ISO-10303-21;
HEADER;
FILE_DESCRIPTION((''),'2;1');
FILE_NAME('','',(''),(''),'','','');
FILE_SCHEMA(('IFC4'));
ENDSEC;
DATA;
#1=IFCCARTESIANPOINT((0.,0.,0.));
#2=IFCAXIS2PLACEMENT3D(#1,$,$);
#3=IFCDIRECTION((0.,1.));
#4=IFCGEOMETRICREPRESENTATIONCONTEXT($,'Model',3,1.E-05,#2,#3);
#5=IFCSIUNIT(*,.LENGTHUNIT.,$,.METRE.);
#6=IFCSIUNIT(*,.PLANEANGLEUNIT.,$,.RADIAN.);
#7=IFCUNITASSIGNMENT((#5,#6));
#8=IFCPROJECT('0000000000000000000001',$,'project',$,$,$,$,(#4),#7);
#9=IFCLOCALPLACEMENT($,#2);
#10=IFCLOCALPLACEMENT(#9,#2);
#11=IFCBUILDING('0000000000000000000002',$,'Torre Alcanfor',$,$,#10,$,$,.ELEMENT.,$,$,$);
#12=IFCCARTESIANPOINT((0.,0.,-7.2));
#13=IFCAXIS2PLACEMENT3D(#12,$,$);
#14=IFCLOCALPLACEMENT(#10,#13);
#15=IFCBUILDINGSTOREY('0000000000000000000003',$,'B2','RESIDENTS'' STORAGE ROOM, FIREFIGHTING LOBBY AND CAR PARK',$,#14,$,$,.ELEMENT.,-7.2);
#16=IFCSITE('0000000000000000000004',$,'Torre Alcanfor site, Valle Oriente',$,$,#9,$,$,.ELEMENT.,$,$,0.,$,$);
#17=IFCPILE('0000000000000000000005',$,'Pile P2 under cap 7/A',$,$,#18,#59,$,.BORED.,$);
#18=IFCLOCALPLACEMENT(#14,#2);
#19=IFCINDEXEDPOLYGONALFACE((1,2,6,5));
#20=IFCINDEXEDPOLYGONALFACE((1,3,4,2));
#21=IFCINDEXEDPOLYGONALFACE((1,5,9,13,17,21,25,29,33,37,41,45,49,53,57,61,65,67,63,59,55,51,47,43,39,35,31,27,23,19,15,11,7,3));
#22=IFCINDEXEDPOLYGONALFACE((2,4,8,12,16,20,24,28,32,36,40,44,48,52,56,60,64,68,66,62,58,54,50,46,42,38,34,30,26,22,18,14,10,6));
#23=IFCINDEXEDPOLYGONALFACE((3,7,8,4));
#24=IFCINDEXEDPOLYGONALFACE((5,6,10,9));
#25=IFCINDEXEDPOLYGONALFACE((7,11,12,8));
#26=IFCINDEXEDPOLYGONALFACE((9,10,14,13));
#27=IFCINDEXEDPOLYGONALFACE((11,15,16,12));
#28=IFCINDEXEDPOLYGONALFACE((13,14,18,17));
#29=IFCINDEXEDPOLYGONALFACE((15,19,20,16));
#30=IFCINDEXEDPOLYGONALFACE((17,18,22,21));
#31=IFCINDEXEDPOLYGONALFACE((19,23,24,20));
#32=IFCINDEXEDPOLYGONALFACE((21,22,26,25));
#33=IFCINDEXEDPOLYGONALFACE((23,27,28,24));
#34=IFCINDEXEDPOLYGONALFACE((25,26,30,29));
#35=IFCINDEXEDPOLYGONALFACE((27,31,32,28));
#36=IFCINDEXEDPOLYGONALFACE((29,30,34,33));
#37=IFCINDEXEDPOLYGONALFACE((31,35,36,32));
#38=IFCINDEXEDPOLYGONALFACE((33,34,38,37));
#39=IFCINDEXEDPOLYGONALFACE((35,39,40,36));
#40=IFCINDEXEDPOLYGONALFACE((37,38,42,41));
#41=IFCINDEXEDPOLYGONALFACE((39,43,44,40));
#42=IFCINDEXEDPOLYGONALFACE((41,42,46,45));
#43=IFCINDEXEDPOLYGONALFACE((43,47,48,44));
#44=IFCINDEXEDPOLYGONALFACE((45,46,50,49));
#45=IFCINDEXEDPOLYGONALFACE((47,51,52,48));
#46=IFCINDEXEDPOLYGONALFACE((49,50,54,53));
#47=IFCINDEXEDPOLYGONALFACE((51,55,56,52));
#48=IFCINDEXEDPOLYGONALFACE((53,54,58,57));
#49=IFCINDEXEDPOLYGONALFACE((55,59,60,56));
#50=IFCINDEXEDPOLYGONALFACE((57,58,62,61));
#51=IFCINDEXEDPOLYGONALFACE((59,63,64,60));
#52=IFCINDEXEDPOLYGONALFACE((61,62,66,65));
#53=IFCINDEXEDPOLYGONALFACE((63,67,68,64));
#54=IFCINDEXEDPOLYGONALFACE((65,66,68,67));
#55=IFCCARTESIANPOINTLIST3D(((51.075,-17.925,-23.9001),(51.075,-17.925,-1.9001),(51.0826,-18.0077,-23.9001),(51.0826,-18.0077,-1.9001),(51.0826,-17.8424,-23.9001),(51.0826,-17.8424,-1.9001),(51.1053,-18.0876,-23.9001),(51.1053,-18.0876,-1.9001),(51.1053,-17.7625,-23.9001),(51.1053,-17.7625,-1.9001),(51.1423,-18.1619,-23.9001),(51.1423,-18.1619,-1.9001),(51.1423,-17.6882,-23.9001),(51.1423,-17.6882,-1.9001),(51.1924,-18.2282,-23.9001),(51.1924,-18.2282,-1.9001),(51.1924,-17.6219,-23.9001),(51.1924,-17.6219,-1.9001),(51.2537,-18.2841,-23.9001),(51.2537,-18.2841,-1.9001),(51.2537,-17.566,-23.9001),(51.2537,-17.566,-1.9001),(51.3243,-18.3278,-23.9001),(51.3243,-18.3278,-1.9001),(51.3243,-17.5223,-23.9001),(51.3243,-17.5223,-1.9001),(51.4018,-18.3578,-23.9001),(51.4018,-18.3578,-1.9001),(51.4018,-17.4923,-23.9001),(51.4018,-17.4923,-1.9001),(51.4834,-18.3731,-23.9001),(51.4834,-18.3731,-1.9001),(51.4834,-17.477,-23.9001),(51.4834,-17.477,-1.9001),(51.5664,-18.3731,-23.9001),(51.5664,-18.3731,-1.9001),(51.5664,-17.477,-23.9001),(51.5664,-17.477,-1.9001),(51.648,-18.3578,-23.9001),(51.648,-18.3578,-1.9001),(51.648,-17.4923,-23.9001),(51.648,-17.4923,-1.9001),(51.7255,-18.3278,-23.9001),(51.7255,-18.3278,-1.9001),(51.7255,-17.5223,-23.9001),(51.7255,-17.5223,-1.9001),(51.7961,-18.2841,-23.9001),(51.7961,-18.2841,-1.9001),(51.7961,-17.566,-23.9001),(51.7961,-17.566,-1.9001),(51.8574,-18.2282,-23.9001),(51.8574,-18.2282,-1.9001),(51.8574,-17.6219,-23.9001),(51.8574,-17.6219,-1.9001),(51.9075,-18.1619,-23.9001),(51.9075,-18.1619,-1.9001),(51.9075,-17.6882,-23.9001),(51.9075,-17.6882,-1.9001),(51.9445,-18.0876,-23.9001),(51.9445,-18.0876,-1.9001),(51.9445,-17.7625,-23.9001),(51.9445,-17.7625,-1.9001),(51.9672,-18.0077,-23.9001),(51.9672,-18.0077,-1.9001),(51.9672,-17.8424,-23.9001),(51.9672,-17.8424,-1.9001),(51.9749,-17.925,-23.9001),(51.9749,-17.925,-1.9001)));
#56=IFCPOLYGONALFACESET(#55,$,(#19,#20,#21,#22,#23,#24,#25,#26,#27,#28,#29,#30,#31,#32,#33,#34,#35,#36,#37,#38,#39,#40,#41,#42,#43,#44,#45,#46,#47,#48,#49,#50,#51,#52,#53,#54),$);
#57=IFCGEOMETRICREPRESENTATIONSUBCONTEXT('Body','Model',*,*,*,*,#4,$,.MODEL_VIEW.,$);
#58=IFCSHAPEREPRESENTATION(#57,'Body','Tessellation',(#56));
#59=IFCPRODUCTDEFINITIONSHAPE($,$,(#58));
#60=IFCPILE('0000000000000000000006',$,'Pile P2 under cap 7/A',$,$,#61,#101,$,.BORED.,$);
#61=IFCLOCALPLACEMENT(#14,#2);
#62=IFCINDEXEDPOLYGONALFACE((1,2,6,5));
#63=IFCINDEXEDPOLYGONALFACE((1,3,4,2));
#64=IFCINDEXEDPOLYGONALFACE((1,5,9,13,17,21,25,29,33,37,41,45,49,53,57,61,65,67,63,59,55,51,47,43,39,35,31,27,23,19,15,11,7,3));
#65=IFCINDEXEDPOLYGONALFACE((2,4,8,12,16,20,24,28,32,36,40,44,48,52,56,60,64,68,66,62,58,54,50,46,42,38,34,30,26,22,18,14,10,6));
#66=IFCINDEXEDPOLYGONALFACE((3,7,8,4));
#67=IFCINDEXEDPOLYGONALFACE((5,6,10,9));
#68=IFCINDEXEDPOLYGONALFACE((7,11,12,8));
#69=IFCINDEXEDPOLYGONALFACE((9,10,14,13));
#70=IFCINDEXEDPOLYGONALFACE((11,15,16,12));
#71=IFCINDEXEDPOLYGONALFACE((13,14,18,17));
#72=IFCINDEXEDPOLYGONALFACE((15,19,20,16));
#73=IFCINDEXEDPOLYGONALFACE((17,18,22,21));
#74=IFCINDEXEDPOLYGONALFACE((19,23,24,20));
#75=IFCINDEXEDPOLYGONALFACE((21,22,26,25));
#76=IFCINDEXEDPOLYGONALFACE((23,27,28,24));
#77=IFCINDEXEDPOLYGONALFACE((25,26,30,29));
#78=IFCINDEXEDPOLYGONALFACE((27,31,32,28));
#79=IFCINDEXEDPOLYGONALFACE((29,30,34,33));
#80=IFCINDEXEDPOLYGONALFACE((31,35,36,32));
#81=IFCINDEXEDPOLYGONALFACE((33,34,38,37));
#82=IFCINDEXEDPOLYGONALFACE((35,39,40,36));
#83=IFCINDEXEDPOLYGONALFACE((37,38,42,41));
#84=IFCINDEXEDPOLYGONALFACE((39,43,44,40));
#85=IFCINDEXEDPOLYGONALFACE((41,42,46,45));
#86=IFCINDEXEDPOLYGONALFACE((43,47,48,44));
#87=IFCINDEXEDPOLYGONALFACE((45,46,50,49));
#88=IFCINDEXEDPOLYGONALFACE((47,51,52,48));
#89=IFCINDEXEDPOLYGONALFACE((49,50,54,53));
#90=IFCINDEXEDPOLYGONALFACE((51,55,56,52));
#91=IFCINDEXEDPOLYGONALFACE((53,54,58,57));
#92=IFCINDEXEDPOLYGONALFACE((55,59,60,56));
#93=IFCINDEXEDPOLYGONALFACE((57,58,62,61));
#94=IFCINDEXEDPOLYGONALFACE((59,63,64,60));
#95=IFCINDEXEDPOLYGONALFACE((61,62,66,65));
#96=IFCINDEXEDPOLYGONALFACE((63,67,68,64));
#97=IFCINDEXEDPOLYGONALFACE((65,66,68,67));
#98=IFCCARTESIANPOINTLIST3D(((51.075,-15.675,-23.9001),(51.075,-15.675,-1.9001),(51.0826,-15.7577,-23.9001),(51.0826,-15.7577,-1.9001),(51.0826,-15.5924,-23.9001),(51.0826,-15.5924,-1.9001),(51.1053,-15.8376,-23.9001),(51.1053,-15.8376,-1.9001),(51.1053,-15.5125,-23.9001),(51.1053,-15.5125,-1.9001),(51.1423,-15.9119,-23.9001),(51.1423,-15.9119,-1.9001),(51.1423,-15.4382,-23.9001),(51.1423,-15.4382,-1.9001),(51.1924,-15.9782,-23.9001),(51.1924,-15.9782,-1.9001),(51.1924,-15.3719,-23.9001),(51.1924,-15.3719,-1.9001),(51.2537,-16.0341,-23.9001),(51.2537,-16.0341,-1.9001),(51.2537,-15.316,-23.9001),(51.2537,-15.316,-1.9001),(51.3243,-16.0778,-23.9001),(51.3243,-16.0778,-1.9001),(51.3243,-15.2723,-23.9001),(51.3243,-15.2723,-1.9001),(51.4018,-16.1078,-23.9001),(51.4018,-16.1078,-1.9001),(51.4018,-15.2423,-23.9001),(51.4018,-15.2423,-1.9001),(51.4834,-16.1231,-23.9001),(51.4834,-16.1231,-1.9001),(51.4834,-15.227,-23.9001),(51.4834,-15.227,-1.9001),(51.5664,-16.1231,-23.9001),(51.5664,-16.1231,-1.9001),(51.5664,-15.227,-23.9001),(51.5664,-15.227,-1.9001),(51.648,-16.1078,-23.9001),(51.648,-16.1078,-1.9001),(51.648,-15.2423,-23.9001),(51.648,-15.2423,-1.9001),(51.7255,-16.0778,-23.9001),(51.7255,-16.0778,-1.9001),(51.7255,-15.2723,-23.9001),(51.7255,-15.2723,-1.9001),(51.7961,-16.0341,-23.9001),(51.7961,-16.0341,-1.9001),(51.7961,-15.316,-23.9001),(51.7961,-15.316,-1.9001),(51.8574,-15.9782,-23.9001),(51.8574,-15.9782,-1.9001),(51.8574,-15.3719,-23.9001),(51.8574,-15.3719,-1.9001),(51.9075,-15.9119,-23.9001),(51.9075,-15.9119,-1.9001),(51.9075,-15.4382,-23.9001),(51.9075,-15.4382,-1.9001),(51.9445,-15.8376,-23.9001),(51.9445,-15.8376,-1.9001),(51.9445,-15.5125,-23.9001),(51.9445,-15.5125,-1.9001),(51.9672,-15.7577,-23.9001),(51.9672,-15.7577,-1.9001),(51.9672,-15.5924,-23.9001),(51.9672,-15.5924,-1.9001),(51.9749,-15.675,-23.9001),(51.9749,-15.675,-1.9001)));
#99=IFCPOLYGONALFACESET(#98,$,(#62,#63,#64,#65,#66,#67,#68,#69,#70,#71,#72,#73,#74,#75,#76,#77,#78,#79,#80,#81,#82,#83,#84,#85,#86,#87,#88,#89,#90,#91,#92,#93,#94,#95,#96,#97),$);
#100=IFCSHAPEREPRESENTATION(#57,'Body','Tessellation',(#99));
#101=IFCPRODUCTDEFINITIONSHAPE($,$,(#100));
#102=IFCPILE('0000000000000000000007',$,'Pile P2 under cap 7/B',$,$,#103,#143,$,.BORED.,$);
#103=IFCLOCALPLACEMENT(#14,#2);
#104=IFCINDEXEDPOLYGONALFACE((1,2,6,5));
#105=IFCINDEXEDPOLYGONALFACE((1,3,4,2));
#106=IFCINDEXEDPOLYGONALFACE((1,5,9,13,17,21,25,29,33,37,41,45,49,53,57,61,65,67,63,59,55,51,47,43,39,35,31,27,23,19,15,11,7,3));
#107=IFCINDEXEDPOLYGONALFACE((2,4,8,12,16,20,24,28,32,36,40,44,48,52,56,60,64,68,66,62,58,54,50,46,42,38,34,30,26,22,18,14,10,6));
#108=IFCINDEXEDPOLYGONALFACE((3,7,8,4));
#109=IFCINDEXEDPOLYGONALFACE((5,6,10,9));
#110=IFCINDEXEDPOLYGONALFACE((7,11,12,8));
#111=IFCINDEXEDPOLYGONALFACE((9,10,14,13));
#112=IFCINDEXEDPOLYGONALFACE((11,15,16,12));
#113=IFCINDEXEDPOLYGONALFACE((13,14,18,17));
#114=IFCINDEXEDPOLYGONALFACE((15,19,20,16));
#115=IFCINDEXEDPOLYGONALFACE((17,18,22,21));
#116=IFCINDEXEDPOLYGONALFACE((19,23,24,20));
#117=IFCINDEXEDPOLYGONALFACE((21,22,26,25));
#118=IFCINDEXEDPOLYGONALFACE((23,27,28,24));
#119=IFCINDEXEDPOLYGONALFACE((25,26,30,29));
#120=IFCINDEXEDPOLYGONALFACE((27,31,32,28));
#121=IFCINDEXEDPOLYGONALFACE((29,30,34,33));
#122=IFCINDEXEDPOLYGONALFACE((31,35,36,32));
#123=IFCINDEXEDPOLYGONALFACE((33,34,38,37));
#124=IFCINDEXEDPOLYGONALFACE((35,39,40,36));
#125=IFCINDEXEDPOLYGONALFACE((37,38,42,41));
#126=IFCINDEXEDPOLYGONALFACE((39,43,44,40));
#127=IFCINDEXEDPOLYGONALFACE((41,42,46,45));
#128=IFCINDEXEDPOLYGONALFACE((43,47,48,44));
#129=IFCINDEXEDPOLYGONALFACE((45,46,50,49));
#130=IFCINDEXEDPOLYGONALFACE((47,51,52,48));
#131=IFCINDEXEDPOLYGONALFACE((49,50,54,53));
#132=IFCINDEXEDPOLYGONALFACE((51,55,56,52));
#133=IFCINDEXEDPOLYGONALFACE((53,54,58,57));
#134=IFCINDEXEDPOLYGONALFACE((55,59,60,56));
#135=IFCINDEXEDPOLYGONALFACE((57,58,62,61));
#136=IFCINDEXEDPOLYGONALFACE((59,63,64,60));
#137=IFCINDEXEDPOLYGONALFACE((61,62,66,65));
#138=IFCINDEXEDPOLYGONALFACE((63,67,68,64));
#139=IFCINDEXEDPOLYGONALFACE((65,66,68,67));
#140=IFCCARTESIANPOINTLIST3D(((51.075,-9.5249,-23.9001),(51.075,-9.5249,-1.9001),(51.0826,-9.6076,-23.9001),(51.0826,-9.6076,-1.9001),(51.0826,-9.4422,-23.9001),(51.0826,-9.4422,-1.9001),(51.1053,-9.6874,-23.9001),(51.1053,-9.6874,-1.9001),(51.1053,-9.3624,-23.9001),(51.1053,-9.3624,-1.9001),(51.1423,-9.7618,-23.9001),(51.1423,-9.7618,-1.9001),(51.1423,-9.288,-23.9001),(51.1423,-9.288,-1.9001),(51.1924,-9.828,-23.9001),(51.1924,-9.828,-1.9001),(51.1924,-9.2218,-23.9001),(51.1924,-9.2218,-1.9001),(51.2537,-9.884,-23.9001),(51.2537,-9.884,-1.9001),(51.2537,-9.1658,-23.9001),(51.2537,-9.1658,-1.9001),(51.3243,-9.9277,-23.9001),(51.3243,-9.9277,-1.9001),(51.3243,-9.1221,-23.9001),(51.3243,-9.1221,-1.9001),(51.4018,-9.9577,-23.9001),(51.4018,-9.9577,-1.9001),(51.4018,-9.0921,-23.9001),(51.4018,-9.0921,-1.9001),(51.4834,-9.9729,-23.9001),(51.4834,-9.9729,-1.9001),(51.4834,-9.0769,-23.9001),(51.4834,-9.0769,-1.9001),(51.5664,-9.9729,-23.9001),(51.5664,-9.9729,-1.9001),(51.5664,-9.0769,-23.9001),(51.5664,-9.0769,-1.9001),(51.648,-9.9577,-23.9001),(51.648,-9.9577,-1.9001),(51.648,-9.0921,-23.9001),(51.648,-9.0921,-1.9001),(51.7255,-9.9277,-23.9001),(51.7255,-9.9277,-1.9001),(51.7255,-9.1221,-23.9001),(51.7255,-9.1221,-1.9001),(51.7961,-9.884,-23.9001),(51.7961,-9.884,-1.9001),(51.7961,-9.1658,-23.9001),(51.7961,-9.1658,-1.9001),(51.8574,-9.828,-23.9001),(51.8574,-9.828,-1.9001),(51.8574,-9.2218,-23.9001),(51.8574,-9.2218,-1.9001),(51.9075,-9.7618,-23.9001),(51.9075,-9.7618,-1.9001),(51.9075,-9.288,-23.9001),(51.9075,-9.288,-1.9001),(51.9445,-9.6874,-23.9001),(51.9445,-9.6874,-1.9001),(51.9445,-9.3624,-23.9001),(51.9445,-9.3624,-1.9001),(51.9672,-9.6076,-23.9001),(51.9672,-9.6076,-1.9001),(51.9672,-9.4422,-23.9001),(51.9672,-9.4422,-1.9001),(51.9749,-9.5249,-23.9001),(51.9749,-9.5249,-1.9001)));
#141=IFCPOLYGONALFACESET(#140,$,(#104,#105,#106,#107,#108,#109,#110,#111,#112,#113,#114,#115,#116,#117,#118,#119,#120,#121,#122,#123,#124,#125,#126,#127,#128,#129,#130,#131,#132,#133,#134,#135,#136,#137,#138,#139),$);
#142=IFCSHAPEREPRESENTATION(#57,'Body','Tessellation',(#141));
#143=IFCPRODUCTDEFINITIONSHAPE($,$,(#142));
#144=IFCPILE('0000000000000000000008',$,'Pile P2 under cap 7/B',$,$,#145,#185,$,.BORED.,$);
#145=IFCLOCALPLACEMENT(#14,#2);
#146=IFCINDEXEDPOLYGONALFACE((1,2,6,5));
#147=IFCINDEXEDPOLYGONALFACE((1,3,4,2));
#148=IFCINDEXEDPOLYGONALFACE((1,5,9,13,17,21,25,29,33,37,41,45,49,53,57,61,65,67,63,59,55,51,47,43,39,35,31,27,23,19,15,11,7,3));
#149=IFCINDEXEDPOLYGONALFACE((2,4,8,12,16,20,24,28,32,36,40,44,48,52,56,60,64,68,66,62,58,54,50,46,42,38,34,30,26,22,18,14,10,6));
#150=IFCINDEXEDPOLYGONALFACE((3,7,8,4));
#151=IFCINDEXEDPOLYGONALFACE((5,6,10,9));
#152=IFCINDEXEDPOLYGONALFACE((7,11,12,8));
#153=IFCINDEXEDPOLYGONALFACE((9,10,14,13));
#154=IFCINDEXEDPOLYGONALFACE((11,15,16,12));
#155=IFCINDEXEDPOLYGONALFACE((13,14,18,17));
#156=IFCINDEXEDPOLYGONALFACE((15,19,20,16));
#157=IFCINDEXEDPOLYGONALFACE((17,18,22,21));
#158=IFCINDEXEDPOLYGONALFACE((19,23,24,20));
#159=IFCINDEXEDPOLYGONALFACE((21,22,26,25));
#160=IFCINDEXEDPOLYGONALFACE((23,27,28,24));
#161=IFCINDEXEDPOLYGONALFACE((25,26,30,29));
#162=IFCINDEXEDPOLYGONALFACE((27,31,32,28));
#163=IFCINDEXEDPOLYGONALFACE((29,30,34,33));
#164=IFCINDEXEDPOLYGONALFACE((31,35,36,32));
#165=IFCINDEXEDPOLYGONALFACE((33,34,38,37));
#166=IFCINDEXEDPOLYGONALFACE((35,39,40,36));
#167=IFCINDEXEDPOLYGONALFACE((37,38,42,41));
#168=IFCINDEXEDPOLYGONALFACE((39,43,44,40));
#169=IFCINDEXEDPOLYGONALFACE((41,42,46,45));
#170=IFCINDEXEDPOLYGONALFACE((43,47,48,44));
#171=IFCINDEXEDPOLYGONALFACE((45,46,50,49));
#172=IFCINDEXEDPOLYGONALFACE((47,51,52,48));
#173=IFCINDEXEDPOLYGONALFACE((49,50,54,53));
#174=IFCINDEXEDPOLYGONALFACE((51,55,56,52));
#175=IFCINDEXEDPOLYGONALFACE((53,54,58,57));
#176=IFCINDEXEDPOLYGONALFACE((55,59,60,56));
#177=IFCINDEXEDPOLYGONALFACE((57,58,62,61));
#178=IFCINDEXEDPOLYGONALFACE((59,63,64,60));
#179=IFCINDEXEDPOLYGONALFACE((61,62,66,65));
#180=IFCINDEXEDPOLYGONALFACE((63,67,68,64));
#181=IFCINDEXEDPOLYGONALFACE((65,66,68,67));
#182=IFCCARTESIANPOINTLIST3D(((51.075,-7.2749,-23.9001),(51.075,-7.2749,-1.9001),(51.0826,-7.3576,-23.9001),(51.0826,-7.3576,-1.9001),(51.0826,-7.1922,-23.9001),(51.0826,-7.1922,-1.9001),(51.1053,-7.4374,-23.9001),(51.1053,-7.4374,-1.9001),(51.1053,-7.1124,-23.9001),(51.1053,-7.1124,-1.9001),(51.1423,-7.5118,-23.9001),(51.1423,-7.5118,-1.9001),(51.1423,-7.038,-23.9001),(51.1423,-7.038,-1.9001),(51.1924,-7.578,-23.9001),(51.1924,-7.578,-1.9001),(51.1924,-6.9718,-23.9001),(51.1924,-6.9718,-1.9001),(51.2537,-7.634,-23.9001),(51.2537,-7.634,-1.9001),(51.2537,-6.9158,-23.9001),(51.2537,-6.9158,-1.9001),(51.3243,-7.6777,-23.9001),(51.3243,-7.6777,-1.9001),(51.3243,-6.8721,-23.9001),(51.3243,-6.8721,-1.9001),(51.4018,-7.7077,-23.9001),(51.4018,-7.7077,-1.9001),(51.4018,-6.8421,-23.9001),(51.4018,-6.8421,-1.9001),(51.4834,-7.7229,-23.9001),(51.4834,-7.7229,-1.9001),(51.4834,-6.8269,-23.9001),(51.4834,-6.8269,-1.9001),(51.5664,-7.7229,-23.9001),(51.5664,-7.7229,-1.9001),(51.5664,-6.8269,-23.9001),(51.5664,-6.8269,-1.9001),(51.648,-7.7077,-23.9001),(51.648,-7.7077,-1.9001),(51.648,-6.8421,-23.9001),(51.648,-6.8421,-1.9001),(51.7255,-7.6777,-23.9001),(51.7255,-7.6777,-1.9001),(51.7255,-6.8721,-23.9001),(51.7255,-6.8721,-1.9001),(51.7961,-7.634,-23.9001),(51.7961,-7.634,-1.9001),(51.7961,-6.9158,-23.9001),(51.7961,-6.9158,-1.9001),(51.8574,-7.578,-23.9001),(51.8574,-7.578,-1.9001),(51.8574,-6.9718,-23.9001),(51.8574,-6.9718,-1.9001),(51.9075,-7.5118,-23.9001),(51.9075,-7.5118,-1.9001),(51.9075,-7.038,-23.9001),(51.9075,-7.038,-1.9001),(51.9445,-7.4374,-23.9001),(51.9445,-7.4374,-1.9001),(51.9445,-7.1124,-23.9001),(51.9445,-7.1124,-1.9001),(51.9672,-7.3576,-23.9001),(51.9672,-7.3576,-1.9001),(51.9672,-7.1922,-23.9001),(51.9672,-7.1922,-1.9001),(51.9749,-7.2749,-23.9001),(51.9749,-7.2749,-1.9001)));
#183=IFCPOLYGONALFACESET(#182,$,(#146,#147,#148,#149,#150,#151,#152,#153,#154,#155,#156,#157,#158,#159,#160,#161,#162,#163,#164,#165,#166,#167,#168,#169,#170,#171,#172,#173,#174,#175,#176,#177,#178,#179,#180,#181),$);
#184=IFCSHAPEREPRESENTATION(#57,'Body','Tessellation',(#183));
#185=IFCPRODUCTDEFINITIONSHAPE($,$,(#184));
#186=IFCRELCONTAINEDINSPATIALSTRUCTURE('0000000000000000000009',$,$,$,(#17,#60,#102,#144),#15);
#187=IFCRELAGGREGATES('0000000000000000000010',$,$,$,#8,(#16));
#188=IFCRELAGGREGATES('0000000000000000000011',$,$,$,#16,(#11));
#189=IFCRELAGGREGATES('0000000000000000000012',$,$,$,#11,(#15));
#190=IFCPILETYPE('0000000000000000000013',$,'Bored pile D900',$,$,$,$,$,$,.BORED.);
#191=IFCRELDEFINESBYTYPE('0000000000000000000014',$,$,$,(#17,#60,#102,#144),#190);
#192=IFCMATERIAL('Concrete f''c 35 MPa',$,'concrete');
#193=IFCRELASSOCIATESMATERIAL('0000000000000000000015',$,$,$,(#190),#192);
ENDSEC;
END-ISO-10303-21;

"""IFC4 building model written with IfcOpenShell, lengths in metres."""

from ifc_helpers import new_model, si_unit, direction, frame, origin, origin_2d, place, context, subcontext, project, spatial, circle, extrude, material, material_profile, profile_set, type_object, element, save


model = new_model("IFC4")

# Units and contexts
model_context = context("Model", 3, precision=1e-05, world=origin(), true_north=direction((0.0, 1.0)))
body_context = subcontext(model_context, "Body", "Model", "MODEL_VIEW")
ifc_project = project(units=[si_unit("LENGTHUNIT", "METRE"), si_unit("PLANEANGLEUNIT", "RADIAN")], contexts=[model_context])

# Site, building, storey
site_placement = place(None, origin())
site = spatial("IfcSite", under=ifc_project, at=site_placement, Name="Torre Alcanfor site, Valle Oriente", CompositionType="ELEMENT", RefElevation=0.0)
building_placement = place(site_placement, origin())
building = spatial("IfcBuilding", under=site, at=building_placement, Name="Torre Alcanfor", CompositionType="ELEMENT")
storey_placement = place(building_placement, frame((0.0, 0.0, -7.2)))
storey = spatial("IfcBuildingStorey", under=building, at=storey_placement, Name="B2", Description="RESIDENTS' STORAGE ROOM, FIREFIGHTING LOBBY AND CAR PARK", CompositionType="ELEMENT", Elevation=-7.2)

# Piles
ifc_material_1 = material(Name="Concrete f'c 35 MPa", Category="concrete")
ifc_material_profile_1 = material_profile(ifc_material_1, circle(Radius=0.45, at=origin_2d()), Name="D900")
ifc_profile_set_1 = profile_set([ifc_material_profile_1], Name="Concrete f'c 35 MPa")
pile_type = type_object("IfcPileType", Name="Bored pile D900", PredefinedType="BORED", material=ifc_profile_set_1)
for number, where, z_axis, x_axis, name in (
    (1, (51.5249, -17.925, -1.9001), (0.0, 0.0, -1.0), (1.0, 0.0, 0.0), "Pile P2 under cap 7/A"),
    (2, (51.5249, -15.675, -1.9001), (0.0, 0.0, -1.0), (1.0, 0.0, 0.0), "Pile P2 under cap 7/A"),
    (3, (51.5249, -9.5249, -1.9001), (0.0, 0.0, -1.0), (1.0, 0.0, 0.0), "Pile P2 under cap 7/B"),
    (4, (51.5249, -7.2749, -1.9001), (0.0, 0.0, -1.0), (1.0, 0.0, 0.0), "Pile P2 under cap 7/B"),
):
    element("IfcPile", number, at=place(storey_placement, frame(where, z_axis=z_axis, x_axis=x_axis)), inside=storey, type_object=pile_type, Name=name, PredefinedType="BORED", context=body_context, shape_type="SweptSolid", body=[
        extrude(circle(Radius=0.45, at=origin_2d()), origin(), (0.0, 0.0, 1.0), 22.0),
    ])

save(model, "model.ifc")
